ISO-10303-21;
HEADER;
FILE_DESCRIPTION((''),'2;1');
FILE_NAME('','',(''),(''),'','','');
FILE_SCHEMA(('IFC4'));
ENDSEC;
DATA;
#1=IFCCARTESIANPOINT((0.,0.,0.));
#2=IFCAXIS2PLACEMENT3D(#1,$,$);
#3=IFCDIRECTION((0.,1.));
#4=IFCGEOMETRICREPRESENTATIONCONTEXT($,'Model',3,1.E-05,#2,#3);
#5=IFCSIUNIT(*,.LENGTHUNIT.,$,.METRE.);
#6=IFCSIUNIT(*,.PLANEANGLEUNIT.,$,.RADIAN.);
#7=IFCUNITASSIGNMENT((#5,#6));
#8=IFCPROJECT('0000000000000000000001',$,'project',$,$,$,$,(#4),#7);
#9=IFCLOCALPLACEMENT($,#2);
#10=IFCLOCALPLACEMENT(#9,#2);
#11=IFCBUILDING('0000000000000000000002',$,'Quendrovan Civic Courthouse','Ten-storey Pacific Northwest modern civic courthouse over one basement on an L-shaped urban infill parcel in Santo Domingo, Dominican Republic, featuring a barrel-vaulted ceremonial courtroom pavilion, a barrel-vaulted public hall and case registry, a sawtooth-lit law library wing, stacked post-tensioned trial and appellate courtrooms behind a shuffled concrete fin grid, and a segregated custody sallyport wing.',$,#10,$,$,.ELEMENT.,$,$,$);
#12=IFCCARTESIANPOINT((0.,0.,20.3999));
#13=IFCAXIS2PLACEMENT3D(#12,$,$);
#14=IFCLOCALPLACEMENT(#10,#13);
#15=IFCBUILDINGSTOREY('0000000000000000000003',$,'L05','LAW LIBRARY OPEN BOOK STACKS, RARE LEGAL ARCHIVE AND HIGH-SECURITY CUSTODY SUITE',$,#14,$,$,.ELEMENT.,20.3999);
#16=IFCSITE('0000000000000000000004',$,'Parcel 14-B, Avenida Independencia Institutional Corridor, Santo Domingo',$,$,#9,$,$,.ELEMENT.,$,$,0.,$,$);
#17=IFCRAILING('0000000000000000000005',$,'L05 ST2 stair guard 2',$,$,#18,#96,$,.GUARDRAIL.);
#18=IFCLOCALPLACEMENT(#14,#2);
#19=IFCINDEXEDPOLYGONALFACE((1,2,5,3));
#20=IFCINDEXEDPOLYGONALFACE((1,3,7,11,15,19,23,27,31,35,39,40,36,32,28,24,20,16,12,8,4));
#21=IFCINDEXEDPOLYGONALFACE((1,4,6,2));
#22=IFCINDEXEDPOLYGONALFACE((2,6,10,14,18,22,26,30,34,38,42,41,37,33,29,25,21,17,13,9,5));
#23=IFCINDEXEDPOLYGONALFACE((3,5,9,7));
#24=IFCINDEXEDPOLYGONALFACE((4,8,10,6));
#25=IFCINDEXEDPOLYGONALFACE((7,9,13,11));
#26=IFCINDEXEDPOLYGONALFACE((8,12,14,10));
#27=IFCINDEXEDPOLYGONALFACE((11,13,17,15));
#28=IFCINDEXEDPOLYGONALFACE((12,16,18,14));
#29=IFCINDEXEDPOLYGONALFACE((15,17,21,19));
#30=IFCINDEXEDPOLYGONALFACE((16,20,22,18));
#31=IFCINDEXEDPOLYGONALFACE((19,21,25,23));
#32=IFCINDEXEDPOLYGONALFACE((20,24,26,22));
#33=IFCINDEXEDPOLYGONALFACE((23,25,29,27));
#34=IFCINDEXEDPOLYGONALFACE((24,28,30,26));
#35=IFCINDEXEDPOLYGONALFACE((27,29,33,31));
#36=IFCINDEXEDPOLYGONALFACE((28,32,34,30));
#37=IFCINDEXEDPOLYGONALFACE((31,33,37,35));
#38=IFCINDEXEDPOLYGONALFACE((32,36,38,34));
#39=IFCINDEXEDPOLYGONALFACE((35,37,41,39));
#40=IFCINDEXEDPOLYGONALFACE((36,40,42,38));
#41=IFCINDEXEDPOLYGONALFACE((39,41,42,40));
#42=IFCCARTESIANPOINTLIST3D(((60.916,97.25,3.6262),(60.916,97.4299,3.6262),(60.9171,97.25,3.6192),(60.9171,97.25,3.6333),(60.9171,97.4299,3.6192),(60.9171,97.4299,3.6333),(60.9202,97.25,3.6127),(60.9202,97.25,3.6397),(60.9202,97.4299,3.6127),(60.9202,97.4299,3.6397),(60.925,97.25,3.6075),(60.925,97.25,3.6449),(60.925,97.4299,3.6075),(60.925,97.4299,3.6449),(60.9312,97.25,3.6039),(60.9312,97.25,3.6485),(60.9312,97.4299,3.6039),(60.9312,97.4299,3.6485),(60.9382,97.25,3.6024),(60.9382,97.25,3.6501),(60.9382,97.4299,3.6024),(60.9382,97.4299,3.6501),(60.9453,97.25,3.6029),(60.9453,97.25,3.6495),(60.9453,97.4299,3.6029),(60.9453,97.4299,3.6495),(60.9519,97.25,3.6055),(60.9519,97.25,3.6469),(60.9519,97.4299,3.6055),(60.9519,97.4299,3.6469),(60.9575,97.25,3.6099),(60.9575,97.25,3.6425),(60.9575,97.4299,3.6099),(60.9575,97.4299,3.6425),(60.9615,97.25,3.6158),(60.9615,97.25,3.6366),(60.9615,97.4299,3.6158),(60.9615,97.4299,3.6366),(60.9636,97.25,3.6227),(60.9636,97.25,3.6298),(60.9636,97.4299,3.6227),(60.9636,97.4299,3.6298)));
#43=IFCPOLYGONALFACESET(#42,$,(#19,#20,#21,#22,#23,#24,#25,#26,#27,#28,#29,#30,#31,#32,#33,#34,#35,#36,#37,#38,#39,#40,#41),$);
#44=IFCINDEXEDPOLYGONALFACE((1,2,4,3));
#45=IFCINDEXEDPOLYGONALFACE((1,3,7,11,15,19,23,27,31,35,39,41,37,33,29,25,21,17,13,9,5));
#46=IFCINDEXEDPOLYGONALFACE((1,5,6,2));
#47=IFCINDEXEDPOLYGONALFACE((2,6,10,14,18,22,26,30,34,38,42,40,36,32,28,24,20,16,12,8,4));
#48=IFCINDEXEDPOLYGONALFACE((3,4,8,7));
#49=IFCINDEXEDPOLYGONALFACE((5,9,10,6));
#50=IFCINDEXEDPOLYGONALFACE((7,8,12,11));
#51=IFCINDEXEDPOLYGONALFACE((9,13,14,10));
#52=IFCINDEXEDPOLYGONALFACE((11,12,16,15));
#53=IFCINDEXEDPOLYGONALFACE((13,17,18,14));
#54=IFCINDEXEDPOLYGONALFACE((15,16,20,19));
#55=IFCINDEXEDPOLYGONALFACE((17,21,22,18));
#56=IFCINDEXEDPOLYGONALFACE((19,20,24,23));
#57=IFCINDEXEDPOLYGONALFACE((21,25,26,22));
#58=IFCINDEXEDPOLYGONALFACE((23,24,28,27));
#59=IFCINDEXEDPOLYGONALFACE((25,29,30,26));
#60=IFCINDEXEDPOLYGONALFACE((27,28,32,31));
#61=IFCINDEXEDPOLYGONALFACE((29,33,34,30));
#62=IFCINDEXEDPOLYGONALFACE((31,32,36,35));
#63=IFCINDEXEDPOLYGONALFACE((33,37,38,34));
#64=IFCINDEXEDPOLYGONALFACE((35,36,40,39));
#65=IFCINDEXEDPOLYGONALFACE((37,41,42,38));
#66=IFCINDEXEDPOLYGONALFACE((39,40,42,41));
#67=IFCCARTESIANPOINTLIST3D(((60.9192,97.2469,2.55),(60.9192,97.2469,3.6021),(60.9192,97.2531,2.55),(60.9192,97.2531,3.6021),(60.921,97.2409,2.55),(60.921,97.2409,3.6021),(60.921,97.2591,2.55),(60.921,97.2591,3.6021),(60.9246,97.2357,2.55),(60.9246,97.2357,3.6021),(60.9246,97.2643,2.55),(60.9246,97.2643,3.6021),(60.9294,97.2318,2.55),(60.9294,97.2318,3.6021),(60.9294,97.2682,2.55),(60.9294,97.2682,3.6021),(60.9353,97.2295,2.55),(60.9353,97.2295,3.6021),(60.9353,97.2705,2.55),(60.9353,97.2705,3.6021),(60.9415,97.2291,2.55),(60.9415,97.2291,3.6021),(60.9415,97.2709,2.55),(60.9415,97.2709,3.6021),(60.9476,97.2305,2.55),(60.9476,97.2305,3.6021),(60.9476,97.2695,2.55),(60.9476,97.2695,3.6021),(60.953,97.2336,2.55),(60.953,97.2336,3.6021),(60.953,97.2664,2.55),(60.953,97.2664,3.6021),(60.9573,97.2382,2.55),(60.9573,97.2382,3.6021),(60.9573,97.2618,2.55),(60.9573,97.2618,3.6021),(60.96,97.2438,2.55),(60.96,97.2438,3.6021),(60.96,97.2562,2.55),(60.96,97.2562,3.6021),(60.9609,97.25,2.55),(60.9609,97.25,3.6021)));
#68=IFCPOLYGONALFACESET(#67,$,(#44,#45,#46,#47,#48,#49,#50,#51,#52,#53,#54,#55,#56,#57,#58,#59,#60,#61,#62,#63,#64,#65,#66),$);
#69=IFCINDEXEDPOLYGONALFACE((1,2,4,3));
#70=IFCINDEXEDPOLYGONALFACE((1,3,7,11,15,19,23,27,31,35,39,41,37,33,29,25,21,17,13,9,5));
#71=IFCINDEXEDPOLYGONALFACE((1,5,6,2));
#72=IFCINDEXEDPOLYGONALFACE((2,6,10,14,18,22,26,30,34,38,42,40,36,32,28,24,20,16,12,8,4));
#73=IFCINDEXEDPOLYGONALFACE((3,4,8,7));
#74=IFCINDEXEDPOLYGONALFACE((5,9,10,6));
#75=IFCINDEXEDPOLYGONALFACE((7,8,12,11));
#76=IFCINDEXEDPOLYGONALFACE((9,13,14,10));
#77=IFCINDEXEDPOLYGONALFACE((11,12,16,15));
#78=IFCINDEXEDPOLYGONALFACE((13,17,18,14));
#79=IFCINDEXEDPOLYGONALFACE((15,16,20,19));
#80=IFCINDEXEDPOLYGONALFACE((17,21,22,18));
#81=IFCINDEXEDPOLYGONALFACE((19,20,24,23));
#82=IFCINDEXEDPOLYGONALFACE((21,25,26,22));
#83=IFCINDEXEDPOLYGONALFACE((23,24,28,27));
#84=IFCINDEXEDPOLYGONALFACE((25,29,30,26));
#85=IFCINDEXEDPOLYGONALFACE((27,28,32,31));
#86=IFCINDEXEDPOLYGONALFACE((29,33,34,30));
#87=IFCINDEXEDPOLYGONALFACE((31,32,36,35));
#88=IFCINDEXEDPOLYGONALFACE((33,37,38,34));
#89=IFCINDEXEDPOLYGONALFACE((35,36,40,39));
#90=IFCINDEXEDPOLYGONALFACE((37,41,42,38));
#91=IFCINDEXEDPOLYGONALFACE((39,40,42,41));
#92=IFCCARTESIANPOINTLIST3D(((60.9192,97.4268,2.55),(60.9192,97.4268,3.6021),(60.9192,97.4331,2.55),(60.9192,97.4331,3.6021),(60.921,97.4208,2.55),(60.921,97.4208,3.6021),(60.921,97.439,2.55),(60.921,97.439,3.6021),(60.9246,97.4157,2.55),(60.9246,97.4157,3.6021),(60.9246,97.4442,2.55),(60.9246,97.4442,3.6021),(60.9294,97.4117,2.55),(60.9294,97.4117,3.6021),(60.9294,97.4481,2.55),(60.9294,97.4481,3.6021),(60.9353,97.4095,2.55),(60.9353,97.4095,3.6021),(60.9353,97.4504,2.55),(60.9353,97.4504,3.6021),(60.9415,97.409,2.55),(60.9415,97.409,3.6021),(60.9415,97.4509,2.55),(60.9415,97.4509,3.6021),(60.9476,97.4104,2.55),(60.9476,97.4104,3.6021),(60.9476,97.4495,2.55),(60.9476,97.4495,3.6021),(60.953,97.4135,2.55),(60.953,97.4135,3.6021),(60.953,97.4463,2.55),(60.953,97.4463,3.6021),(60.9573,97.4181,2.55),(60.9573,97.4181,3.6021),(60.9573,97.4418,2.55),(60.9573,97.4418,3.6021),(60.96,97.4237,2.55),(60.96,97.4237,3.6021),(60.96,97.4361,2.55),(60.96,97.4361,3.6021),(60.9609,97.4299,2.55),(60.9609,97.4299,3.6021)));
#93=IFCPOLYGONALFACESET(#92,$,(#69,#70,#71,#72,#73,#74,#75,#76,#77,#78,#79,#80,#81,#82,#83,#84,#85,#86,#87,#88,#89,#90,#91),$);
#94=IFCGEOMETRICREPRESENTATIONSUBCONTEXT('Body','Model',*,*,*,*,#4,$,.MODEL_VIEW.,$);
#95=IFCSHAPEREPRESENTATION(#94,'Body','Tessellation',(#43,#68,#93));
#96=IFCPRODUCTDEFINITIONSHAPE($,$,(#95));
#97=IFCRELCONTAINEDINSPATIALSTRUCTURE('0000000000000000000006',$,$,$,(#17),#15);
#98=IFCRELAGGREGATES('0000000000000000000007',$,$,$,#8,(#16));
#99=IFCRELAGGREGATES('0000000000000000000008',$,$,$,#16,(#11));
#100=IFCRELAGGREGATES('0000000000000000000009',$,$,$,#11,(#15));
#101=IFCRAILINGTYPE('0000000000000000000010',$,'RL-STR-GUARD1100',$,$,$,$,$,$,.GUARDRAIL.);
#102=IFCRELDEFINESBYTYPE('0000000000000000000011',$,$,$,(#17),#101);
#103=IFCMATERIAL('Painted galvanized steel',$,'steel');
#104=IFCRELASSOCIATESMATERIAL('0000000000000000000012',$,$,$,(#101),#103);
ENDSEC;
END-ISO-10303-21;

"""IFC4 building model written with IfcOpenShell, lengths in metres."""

from ifc_helpers import new_model, si_unit, direction, frame, origin, origin_2d, place, context, subcontext, project, spatial, circle, extrude, material, type_object, element, save


model = new_model("IFC4")

# Units and contexts
model_context = context("Model", 3, precision=1e-05, world=origin(), true_north=direction((0.0, 1.0)))
body_context = subcontext(model_context, "Body", "Model", "MODEL_VIEW")
ifc_project = project(units=[si_unit("LENGTHUNIT", "METRE"), si_unit("PLANEANGLEUNIT", "RADIAN")], contexts=[model_context])

# Site, building, storey
site_placement = place(None, origin())
site = spatial("IfcSite", under=ifc_project, at=site_placement, Name="Parcel 14-B, Avenida Independencia Institutional Corridor, Santo Domingo", CompositionType="ELEMENT", RefElevation=0.0)
building_placement = place(site_placement, origin())
building = spatial("IfcBuilding", under=site, at=building_placement, Name="Quendrovan Civic Courthouse", Description="Ten-storey Pacific Northwest modern civic courthouse over one basement on an L-shaped urban infill parcel in Santo Domingo, Dominican Republic, featuring a barrel-vaulted ceremonial courtroom pavilion, a barrel-vaulted public hall and case registry, a sawtooth-lit law library wing, stacked post-tensioned trial and appellate courtrooms behind a shuffled concrete fin grid, and a segregated custody sallyport wing.", CompositionType="ELEMENT")
storey_placement = place(building_placement, frame((0.0, 0.0, 20.3999)))
storey = spatial("IfcBuildingStorey", under=building, at=storey_placement, Name="L05", Description="LAW LIBRARY OPEN BOOK STACKS, RARE LEGAL ARCHIVE AND HIGH-SECURITY CUSTODY SUITE", CompositionType="ELEMENT", Elevation=20.3999)

# Railing
ifc_material_1 = material(Name="Painted galvanized steel", Category="steel")
railing_type_1 = type_object("IfcRailingType", Name="RL-STR-GUARD1100", PredefinedType="GUARDRAIL", material=ifc_material_1)
railing_1_placement = place(storey_placement, frame((60.9399, 97.25, 2.55)))
element("IfcRailing", 1, at=railing_1_placement, inside=storey, type_object=railing_type_1, Name="L05 ST2 stair guard 2", PredefinedType="GUARDRAIL", context=body_context, shape_type="SweptSolid", body=[
    extrude(circle(Radius=0.0239, at=origin_2d()), frame((0.0, 0.0, 1.0762), z_axis=(0.0, 1.0, 0.0), x_axis=(-1.0, 0.0, 0.0)), (0.0, 0.0, 1.0), 0.1799),
    extrude(circle(Radius=0.021, at=origin_2d()), origin(), (0.0, 0.0, 1.0), 1.052),
    extrude(circle(Radius=0.021, at=origin_2d()), frame((0.0, 0.1799, 0.0)), (0.0, 0.0, 1.0), 1.052),
])

save(model, "model.ifc")
